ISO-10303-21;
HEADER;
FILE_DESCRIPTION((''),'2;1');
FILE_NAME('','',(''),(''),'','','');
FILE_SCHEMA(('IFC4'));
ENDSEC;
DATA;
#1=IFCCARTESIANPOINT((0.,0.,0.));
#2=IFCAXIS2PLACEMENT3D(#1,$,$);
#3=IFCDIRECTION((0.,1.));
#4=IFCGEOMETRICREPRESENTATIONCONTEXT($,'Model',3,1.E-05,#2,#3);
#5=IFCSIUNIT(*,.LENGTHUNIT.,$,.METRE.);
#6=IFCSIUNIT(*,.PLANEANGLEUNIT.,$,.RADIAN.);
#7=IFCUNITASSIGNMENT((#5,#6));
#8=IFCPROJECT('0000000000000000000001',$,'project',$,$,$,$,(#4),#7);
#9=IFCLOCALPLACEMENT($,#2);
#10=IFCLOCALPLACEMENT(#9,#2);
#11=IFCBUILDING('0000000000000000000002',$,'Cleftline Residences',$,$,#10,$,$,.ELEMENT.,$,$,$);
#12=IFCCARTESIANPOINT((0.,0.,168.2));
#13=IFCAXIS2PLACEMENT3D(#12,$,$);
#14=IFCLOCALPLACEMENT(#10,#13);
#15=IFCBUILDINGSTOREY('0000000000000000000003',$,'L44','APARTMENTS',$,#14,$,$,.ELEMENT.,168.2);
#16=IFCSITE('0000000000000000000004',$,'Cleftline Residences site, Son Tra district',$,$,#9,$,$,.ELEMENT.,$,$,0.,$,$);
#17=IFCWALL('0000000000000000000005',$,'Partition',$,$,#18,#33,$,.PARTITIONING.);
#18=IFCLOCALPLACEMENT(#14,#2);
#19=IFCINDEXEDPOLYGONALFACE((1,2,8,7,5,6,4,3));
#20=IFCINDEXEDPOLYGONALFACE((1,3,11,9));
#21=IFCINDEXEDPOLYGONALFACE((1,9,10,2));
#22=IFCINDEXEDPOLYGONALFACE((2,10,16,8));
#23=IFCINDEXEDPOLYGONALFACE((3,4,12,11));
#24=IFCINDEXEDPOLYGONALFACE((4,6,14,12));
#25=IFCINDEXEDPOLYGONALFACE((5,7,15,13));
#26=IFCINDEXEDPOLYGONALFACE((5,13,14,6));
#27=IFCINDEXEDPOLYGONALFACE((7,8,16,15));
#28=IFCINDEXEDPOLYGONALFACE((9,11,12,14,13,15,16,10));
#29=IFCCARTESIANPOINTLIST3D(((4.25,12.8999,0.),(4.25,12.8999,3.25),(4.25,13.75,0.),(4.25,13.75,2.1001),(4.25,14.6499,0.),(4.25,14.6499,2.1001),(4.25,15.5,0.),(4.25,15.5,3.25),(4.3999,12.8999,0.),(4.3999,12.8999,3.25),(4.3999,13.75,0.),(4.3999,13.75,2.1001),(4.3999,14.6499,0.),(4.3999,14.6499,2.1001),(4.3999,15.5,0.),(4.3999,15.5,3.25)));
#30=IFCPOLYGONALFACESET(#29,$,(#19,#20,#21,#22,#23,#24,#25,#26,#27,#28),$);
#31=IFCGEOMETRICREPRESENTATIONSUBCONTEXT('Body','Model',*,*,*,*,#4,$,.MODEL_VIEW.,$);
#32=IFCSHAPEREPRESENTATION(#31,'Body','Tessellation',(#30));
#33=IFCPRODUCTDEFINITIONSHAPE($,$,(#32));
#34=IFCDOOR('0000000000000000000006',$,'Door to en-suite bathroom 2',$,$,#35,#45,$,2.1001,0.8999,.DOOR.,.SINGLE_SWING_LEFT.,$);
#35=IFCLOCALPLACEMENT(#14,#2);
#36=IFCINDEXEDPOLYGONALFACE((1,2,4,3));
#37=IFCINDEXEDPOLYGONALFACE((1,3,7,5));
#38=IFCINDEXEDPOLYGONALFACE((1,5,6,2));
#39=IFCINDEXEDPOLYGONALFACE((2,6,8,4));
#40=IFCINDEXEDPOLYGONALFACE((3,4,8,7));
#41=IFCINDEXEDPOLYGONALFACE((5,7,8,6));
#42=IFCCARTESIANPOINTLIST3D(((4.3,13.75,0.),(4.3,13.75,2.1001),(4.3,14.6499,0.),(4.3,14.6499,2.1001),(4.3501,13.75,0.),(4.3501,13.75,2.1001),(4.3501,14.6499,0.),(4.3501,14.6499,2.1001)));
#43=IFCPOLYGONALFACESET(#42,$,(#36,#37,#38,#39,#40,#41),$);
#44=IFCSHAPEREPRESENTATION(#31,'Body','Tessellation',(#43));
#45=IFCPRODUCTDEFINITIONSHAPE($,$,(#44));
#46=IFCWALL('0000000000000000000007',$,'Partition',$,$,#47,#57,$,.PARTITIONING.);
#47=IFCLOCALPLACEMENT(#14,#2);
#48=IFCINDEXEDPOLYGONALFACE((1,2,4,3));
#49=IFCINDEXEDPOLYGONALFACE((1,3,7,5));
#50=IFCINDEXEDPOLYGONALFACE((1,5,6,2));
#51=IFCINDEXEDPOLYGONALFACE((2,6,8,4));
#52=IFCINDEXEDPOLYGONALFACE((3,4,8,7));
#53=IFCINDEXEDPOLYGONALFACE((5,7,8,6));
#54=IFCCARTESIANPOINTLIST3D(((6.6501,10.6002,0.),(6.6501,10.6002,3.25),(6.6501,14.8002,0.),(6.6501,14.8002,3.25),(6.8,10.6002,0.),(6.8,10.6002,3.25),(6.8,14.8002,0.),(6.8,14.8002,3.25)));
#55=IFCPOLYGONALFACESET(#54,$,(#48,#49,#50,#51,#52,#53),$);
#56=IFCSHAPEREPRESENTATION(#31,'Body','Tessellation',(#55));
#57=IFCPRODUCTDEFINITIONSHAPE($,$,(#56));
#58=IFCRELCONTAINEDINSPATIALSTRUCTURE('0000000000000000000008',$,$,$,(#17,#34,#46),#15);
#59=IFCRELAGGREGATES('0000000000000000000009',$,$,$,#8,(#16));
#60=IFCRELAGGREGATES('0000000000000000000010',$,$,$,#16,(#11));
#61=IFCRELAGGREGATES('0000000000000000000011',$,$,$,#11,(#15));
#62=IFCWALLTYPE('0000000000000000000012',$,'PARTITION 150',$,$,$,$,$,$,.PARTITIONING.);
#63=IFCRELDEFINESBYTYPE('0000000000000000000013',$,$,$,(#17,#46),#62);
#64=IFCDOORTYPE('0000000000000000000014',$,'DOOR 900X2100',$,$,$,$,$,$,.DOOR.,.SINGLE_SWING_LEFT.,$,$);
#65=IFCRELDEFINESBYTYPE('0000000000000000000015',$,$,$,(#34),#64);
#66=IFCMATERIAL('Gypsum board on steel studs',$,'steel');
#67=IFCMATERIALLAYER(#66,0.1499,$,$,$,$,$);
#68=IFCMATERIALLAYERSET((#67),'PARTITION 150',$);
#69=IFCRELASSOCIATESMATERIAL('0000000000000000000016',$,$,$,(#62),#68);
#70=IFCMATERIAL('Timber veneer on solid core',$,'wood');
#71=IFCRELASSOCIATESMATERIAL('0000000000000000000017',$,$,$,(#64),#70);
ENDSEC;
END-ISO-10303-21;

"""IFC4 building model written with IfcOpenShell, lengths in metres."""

from ifc_helpers import new_model, si_unit, direction, frame, frame_2d, origin, place, context, subcontext, project, spatial, rectangle, extrude, material, layer, layer_set, type_object, element, fill, save


model = new_model("IFC4")

# Units and contexts
model_context = context("Model", 3, precision=1e-05, world=origin(), true_north=direction((0.0, 1.0)))
body_context = subcontext(model_context, "Body", "Model", "MODEL_VIEW")
ifc_project = project(units=[si_unit("LENGTHUNIT", "METRE"), si_unit("PLANEANGLEUNIT", "RADIAN")], contexts=[model_context])

# Site, building, storey
site_placement = place(None, origin())
site = spatial("IfcSite", under=ifc_project, at=site_placement, Name="Cleftline Residences site, Son Tra district", CompositionType="ELEMENT", RefElevation=0.0)
building_placement = place(site_placement, origin())
building = spatial("IfcBuilding", under=site, at=building_placement, Name="Cleftline Residences", CompositionType="ELEMENT")
storey_placement = place(building_placement, frame((0.0, 0.0, 168.2)))
storey = spatial("IfcBuildingStorey", under=building, at=storey_placement, Name="L44", Description="APARTMENTS", CompositionType="ELEMENT", Elevation=168.2)

# Shared definitions
ifc_material_1 = material(Name="Gypsum board on steel studs", Category="steel")
ifc_layer = layer(ifc_material_1, 0.1499)
ifc_layer_set = layer_set([ifc_layer], Name="PARTITION 150")
wall_type = type_object("IfcWallType", Name="PARTITION 150", PredefinedType="PARTITIONING", material=ifc_layer_set)
ifc_material_2 = material(Name="Timber veneer on solid core", Category="wood")
door_type_1 = type_object("IfcDoorType", Name="DOOR 900X2100", OperationType="SINGLE_SWING_LEFT", PredefinedType="DOOR", material=ifc_material_2)

# Wall, opening, door
wall_1_placement = place(storey_placement, frame((4.325, 12.8999, 0.0), z_axis=(0.0, 0.0, 1.0), x_axis=(0.0, 1.0, 0.0)))
wall_1 = element("IfcWall", 1, at=wall_1_placement, inside=storey, type_object=wall_type, Name="Partition", PredefinedType="PARTITIONING", context=body_context, shape_type="SweptSolid", body=[
    extrude(rectangle(XDim=2.6001, YDim=0.1499, at=frame_2d((1.3, 0.0))), origin(), (0.0, 0.0, 1.0), 3.25),
])
opening_1_placement = place(wall_1_placement, frame((0.8501, 0.0, 0.0)))
opening_1 = element("IfcOpeningElement", 2, at=opening_1_placement, cuts=wall_1, PredefinedType="OPENING", context=body_context, shape_type="SweptSolid", body=[
    extrude(rectangle(XDim=0.8999, YDim=2.1001, at=frame_2d((0.45, 1.05))), frame((0.0, 0.085, 0.0), z_axis=(0.0, -1.0, 0.0), x_axis=(1.0, 0.0, 0.0)), (0.0, 0.0, 1.0), 0.1699),
])
door_1_placement = place(opening_1_placement, origin())
door_1 = element("IfcDoor", 3, at=door_1_placement, inside=storey, type_object=door_type_1, Name="Door to en-suite bathroom 2", OperationType="SINGLE_SWING_LEFT", OverallHeight=2.1001, OverallWidth=0.8999, PredefinedType="DOOR", context=body_context, shape_type="SweptSolid", body=[
    extrude(rectangle(XDim=0.8999, YDim=2.1001, at=frame_2d((0.45, 1.05))), frame((0.0, 0.0249, 0.0), z_axis=(0.0, -1.0, 0.0), x_axis=(1.0, 0.0, 0.0)), (0.0, 0.0, 1.0), 0.05),
])
fill(opening_1, door_1)

# Wall
wall_2_placement = place(storey_placement, frame((6.7251, 10.6001, 0.0), z_axis=(0.0, 0.0, 1.0), x_axis=(0.0, 1.0, 0.0)))
element("IfcWall", 4, at=wall_2_placement, inside=storey, type_object=wall_type, Name="Partition", PredefinedType="PARTITIONING", context=body_context, shape_type="SweptSolid", body=[
    extrude(rectangle(XDim=4.2, YDim=0.1499, at=frame_2d((2.1001, 0.0))), origin(), (0.0, 0.0, 1.0), 3.25),
])

save(model, "model.ifc")
